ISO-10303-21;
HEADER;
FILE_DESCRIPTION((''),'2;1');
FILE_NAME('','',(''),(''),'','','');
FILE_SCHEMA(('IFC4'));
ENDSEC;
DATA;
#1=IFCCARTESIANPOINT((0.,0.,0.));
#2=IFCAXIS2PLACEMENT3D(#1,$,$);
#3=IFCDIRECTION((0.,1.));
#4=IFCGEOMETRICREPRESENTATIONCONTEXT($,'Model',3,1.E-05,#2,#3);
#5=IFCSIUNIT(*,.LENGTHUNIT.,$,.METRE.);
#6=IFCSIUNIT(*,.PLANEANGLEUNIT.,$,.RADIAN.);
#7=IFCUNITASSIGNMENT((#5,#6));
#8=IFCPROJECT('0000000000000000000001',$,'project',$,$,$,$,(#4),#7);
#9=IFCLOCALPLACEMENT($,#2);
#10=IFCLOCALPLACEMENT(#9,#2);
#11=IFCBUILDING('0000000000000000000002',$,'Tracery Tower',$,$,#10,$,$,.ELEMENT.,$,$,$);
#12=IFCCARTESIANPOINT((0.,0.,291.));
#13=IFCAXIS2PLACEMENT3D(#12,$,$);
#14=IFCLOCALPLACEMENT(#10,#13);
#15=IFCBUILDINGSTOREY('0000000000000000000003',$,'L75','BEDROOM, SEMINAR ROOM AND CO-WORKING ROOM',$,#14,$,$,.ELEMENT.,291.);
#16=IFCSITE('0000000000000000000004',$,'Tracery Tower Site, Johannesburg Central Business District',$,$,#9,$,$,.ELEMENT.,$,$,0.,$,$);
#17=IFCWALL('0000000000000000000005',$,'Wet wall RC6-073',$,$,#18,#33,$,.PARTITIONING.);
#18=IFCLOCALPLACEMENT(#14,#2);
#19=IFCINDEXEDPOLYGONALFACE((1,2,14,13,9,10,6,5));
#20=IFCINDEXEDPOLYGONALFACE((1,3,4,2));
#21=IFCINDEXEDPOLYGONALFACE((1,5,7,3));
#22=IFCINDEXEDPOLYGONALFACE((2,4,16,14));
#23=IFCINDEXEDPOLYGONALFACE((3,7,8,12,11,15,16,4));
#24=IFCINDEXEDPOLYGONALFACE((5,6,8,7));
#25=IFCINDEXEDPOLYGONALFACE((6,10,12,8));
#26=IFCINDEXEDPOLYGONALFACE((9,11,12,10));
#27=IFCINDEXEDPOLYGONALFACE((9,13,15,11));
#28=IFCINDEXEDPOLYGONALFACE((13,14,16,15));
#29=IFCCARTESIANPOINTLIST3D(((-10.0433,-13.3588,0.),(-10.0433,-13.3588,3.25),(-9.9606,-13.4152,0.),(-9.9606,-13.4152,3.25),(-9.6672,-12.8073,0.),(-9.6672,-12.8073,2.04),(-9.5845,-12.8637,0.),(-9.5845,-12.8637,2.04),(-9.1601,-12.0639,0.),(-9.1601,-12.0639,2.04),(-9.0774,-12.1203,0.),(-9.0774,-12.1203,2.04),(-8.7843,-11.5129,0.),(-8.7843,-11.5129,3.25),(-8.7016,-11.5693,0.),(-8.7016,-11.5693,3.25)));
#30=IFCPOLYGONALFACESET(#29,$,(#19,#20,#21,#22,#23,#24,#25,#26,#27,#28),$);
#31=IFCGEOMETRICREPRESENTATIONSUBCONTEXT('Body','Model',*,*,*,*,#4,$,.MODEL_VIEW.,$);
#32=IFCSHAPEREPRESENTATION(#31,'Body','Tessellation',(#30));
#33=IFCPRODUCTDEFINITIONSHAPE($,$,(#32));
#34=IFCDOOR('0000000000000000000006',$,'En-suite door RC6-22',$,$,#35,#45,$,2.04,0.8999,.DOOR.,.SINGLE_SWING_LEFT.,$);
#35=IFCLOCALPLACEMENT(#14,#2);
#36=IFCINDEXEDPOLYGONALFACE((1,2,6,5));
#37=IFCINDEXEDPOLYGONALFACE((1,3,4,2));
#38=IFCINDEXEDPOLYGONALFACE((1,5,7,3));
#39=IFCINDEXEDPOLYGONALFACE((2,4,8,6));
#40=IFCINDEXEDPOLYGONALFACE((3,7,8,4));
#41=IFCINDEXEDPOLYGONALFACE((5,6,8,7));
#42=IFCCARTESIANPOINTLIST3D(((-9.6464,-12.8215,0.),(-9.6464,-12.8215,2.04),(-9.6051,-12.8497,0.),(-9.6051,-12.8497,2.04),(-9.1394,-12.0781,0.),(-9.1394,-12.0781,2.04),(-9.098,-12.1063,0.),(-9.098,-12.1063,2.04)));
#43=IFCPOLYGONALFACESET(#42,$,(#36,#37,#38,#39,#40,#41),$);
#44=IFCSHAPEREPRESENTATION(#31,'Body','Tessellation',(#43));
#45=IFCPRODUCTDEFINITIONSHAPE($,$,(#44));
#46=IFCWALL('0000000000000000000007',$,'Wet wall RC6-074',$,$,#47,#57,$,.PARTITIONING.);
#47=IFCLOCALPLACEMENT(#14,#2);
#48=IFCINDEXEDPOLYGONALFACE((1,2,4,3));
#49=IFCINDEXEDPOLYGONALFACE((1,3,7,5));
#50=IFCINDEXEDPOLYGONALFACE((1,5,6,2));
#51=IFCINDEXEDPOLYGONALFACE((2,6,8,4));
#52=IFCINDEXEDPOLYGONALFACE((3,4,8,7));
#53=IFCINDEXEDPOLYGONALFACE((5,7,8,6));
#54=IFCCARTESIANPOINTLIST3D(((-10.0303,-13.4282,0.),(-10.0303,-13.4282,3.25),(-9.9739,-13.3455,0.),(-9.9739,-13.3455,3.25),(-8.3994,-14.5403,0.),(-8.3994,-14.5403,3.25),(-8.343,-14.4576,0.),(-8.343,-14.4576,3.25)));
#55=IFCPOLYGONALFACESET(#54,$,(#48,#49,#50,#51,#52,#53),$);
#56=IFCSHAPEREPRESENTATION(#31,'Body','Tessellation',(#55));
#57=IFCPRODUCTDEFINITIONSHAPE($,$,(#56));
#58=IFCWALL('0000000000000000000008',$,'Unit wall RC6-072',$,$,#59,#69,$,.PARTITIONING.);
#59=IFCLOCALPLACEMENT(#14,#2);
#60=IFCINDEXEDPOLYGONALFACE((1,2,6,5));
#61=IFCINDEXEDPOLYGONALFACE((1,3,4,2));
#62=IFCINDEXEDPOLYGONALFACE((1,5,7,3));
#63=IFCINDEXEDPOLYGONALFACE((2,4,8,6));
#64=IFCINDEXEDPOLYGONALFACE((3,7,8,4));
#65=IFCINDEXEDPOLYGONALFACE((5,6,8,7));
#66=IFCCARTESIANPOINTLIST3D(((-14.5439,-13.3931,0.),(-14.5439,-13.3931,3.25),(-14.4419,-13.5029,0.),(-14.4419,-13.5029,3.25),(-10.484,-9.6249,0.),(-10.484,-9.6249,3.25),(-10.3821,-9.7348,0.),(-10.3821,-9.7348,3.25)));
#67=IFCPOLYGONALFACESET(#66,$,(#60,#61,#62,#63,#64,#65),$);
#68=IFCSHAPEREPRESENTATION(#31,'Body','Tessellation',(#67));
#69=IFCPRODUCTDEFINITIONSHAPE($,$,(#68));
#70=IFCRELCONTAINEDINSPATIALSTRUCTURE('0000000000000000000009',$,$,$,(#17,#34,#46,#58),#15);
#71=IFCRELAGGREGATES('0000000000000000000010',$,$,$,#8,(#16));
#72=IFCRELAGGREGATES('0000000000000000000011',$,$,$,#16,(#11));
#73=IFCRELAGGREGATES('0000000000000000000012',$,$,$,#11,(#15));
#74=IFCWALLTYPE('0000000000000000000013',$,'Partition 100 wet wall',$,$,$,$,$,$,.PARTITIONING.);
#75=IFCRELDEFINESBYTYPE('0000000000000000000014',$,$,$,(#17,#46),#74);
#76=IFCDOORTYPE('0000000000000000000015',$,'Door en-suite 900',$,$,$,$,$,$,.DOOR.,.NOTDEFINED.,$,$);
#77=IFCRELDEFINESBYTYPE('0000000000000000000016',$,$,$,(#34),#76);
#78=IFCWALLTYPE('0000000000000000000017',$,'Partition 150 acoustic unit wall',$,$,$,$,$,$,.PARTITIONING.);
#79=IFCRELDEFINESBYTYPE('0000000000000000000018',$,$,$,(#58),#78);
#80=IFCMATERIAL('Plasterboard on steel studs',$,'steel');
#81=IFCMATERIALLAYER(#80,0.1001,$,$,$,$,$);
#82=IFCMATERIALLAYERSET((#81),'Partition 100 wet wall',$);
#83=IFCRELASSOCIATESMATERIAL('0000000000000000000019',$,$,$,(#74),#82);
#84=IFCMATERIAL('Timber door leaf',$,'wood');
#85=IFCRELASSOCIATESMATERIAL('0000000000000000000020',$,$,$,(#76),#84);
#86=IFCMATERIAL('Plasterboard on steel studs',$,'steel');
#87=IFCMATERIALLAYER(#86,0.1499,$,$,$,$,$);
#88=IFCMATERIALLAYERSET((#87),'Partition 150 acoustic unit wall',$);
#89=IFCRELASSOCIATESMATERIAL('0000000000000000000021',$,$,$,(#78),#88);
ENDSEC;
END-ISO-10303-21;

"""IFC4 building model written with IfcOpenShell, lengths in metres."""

from ifc_helpers import new_model, si_unit, direction, frame, frame_2d, origin, place, context, subcontext, project, spatial, rectangle, extrude, material, layer, layer_set, type_object, element, fill, save


model = new_model("IFC4")

# Units and contexts
model_context = context("Model", 3, precision=1e-05, world=origin(), true_north=direction((0.0, 1.0)))
body_context = subcontext(model_context, "Body", "Model", "MODEL_VIEW")
ifc_project = project(units=[si_unit("LENGTHUNIT", "METRE"), si_unit("PLANEANGLEUNIT", "RADIAN")], contexts=[model_context])

# Site, building, storey
site_placement = place(None, origin())
site = spatial("IfcSite", under=ifc_project, at=site_placement, Name="Tracery Tower Site, Johannesburg Central Business District", CompositionType="ELEMENT", RefElevation=0.0)
building_placement = place(site_placement, origin())
building = spatial("IfcBuilding", under=site, at=building_placement, Name="Tracery Tower", CompositionType="ELEMENT")
storey_placement = place(building_placement, frame((0.0, 0.0, 291.0)))
storey = spatial("IfcBuildingStorey", under=building, at=storey_placement, Name="L75", Description="BEDROOM, SEMINAR ROOM AND CO-WORKING ROOM", CompositionType="ELEMENT", Elevation=291.0)

# Shared definitions
ifc_material_1 = material(Name="Plasterboard on steel studs", Category="steel")
ifc_layer_1 = layer(ifc_material_1, 0.1001)
ifc_layer_set_1 = layer_set([ifc_layer_1], Name="Partition 100 wet wall")
wall_type_1 = type_object("IfcWallType", Name="Partition 100 wet wall", PredefinedType="PARTITIONING", material=ifc_layer_set_1)
ifc_material_2 = material(Name="Timber door leaf", Category="wood")
door_type = type_object("IfcDoorType", Name="Door en-suite 900", OperationType="NOTDEFINED", PredefinedType="DOOR", material=ifc_material_2)

# Wall, opening, door
wall_1_placement = place(storey_placement, frame((-10.002, -13.387, 0.0), z_axis=(0.0, 0.0, 1.0), x_axis=(0.563469, 0.826137, 0.0)))
wall_1 = element("IfcWall", 1, at=wall_1_placement, inside=storey, type_object=wall_type_1, Name="Wet wall RC6-073", PredefinedType="PARTITIONING", context=body_context, shape_type="SweptSolid", body=[
    extrude(rectangle(XDim=2.2344, YDim=0.1001, at=frame_2d((1.1172, 0.0))), origin(), (0.0, 0.0, 1.0), 3.25),
])
opening_1_placement = place(wall_1_placement, frame((0.6675, 0.0, 0.0)))
opening_1 = element("IfcOpeningElement", 2, at=opening_1_placement, cuts=wall_1, PredefinedType="OPENING", context=body_context, shape_type="SweptSolid", body=[
    extrude(rectangle(XDim=0.8999, YDim=2.04, at=frame_2d((0.45, 1.02))), frame((0.0, 0.05, 0.0), z_axis=(0.0, -1.0, 0.0), x_axis=(1.0, 0.0, 0.0)), (0.0, 0.0, 1.0), 0.1001),
])
door_1_placement = place(opening_1_placement, origin())
door_1 = element("IfcDoor", 3, at=door_1_placement, inside=storey, type_object=door_type, Name="En-suite door RC6-22", OperationType="SINGLE_SWING_LEFT", OverallHeight=2.04, OverallWidth=0.8999, PredefinedType="DOOR", context=body_context, shape_type="SweptSolid", body=[
    extrude(rectangle(XDim=0.8999, YDim=2.04, at=frame_2d((0.45, 1.02))), frame((0.0, 0.0249, 0.0), z_axis=(0.0, -1.0, 0.0), x_axis=(1.0, 0.0, 0.0)), (0.0, 0.0, 1.0), 0.05),
])
fill(opening_1, door_1)

# Walls
wall_2_placement = place(storey_placement, frame((-10.002, -13.387, 0.0), z_axis=(0.0, 0.0, 1.0), x_axis=(0.826201, -0.563375, 0.0)))
element("IfcWall", 4, at=wall_2_placement, inside=storey, type_object=wall_type_1, Name="Wet wall RC6-074", PredefinedType="PARTITIONING", context=body_context, shape_type="SweptSolid", body=[
    extrude(rectangle(XDim=1.9739, YDim=0.1001, at=frame_2d((0.9868, 0.0))), origin(), (0.0, 0.0, 1.0), 3.25),
])
ifc_material_3 = material(Name="Plasterboard on steel studs", Category="steel")
ifc_layer_2 = layer(ifc_material_3, 0.1499)
ifc_layer_set_2 = layer_set([ifc_layer_2], Name="Partition 150 acoustic unit wall")
wall_type_2 = type_object("IfcWallType", Name="Partition 150 acoustic unit wall", PredefinedType="PARTITIONING", material=ifc_layer_set_2)
wall_3_placement = place(storey_placement, frame((-14.4929, -13.448, 0.0), z_axis=(0.0, 0.0, 1.0), x_axis=(0.732952, 0.68028, 0.0)))
element("IfcWall", 5, at=wall_3_placement, inside=storey, type_object=wall_type_2, Name="Unit wall RC6-072", PredefinedType="PARTITIONING", context=body_context, shape_type="SweptSolid", body=[
    extrude(rectangle(XDim=5.5391, YDim=0.1499, at=frame_2d((2.7695, 0.0))), origin(), (0.0, 0.0, 1.0), 3.25),
])

save(model, "model.ifc")
